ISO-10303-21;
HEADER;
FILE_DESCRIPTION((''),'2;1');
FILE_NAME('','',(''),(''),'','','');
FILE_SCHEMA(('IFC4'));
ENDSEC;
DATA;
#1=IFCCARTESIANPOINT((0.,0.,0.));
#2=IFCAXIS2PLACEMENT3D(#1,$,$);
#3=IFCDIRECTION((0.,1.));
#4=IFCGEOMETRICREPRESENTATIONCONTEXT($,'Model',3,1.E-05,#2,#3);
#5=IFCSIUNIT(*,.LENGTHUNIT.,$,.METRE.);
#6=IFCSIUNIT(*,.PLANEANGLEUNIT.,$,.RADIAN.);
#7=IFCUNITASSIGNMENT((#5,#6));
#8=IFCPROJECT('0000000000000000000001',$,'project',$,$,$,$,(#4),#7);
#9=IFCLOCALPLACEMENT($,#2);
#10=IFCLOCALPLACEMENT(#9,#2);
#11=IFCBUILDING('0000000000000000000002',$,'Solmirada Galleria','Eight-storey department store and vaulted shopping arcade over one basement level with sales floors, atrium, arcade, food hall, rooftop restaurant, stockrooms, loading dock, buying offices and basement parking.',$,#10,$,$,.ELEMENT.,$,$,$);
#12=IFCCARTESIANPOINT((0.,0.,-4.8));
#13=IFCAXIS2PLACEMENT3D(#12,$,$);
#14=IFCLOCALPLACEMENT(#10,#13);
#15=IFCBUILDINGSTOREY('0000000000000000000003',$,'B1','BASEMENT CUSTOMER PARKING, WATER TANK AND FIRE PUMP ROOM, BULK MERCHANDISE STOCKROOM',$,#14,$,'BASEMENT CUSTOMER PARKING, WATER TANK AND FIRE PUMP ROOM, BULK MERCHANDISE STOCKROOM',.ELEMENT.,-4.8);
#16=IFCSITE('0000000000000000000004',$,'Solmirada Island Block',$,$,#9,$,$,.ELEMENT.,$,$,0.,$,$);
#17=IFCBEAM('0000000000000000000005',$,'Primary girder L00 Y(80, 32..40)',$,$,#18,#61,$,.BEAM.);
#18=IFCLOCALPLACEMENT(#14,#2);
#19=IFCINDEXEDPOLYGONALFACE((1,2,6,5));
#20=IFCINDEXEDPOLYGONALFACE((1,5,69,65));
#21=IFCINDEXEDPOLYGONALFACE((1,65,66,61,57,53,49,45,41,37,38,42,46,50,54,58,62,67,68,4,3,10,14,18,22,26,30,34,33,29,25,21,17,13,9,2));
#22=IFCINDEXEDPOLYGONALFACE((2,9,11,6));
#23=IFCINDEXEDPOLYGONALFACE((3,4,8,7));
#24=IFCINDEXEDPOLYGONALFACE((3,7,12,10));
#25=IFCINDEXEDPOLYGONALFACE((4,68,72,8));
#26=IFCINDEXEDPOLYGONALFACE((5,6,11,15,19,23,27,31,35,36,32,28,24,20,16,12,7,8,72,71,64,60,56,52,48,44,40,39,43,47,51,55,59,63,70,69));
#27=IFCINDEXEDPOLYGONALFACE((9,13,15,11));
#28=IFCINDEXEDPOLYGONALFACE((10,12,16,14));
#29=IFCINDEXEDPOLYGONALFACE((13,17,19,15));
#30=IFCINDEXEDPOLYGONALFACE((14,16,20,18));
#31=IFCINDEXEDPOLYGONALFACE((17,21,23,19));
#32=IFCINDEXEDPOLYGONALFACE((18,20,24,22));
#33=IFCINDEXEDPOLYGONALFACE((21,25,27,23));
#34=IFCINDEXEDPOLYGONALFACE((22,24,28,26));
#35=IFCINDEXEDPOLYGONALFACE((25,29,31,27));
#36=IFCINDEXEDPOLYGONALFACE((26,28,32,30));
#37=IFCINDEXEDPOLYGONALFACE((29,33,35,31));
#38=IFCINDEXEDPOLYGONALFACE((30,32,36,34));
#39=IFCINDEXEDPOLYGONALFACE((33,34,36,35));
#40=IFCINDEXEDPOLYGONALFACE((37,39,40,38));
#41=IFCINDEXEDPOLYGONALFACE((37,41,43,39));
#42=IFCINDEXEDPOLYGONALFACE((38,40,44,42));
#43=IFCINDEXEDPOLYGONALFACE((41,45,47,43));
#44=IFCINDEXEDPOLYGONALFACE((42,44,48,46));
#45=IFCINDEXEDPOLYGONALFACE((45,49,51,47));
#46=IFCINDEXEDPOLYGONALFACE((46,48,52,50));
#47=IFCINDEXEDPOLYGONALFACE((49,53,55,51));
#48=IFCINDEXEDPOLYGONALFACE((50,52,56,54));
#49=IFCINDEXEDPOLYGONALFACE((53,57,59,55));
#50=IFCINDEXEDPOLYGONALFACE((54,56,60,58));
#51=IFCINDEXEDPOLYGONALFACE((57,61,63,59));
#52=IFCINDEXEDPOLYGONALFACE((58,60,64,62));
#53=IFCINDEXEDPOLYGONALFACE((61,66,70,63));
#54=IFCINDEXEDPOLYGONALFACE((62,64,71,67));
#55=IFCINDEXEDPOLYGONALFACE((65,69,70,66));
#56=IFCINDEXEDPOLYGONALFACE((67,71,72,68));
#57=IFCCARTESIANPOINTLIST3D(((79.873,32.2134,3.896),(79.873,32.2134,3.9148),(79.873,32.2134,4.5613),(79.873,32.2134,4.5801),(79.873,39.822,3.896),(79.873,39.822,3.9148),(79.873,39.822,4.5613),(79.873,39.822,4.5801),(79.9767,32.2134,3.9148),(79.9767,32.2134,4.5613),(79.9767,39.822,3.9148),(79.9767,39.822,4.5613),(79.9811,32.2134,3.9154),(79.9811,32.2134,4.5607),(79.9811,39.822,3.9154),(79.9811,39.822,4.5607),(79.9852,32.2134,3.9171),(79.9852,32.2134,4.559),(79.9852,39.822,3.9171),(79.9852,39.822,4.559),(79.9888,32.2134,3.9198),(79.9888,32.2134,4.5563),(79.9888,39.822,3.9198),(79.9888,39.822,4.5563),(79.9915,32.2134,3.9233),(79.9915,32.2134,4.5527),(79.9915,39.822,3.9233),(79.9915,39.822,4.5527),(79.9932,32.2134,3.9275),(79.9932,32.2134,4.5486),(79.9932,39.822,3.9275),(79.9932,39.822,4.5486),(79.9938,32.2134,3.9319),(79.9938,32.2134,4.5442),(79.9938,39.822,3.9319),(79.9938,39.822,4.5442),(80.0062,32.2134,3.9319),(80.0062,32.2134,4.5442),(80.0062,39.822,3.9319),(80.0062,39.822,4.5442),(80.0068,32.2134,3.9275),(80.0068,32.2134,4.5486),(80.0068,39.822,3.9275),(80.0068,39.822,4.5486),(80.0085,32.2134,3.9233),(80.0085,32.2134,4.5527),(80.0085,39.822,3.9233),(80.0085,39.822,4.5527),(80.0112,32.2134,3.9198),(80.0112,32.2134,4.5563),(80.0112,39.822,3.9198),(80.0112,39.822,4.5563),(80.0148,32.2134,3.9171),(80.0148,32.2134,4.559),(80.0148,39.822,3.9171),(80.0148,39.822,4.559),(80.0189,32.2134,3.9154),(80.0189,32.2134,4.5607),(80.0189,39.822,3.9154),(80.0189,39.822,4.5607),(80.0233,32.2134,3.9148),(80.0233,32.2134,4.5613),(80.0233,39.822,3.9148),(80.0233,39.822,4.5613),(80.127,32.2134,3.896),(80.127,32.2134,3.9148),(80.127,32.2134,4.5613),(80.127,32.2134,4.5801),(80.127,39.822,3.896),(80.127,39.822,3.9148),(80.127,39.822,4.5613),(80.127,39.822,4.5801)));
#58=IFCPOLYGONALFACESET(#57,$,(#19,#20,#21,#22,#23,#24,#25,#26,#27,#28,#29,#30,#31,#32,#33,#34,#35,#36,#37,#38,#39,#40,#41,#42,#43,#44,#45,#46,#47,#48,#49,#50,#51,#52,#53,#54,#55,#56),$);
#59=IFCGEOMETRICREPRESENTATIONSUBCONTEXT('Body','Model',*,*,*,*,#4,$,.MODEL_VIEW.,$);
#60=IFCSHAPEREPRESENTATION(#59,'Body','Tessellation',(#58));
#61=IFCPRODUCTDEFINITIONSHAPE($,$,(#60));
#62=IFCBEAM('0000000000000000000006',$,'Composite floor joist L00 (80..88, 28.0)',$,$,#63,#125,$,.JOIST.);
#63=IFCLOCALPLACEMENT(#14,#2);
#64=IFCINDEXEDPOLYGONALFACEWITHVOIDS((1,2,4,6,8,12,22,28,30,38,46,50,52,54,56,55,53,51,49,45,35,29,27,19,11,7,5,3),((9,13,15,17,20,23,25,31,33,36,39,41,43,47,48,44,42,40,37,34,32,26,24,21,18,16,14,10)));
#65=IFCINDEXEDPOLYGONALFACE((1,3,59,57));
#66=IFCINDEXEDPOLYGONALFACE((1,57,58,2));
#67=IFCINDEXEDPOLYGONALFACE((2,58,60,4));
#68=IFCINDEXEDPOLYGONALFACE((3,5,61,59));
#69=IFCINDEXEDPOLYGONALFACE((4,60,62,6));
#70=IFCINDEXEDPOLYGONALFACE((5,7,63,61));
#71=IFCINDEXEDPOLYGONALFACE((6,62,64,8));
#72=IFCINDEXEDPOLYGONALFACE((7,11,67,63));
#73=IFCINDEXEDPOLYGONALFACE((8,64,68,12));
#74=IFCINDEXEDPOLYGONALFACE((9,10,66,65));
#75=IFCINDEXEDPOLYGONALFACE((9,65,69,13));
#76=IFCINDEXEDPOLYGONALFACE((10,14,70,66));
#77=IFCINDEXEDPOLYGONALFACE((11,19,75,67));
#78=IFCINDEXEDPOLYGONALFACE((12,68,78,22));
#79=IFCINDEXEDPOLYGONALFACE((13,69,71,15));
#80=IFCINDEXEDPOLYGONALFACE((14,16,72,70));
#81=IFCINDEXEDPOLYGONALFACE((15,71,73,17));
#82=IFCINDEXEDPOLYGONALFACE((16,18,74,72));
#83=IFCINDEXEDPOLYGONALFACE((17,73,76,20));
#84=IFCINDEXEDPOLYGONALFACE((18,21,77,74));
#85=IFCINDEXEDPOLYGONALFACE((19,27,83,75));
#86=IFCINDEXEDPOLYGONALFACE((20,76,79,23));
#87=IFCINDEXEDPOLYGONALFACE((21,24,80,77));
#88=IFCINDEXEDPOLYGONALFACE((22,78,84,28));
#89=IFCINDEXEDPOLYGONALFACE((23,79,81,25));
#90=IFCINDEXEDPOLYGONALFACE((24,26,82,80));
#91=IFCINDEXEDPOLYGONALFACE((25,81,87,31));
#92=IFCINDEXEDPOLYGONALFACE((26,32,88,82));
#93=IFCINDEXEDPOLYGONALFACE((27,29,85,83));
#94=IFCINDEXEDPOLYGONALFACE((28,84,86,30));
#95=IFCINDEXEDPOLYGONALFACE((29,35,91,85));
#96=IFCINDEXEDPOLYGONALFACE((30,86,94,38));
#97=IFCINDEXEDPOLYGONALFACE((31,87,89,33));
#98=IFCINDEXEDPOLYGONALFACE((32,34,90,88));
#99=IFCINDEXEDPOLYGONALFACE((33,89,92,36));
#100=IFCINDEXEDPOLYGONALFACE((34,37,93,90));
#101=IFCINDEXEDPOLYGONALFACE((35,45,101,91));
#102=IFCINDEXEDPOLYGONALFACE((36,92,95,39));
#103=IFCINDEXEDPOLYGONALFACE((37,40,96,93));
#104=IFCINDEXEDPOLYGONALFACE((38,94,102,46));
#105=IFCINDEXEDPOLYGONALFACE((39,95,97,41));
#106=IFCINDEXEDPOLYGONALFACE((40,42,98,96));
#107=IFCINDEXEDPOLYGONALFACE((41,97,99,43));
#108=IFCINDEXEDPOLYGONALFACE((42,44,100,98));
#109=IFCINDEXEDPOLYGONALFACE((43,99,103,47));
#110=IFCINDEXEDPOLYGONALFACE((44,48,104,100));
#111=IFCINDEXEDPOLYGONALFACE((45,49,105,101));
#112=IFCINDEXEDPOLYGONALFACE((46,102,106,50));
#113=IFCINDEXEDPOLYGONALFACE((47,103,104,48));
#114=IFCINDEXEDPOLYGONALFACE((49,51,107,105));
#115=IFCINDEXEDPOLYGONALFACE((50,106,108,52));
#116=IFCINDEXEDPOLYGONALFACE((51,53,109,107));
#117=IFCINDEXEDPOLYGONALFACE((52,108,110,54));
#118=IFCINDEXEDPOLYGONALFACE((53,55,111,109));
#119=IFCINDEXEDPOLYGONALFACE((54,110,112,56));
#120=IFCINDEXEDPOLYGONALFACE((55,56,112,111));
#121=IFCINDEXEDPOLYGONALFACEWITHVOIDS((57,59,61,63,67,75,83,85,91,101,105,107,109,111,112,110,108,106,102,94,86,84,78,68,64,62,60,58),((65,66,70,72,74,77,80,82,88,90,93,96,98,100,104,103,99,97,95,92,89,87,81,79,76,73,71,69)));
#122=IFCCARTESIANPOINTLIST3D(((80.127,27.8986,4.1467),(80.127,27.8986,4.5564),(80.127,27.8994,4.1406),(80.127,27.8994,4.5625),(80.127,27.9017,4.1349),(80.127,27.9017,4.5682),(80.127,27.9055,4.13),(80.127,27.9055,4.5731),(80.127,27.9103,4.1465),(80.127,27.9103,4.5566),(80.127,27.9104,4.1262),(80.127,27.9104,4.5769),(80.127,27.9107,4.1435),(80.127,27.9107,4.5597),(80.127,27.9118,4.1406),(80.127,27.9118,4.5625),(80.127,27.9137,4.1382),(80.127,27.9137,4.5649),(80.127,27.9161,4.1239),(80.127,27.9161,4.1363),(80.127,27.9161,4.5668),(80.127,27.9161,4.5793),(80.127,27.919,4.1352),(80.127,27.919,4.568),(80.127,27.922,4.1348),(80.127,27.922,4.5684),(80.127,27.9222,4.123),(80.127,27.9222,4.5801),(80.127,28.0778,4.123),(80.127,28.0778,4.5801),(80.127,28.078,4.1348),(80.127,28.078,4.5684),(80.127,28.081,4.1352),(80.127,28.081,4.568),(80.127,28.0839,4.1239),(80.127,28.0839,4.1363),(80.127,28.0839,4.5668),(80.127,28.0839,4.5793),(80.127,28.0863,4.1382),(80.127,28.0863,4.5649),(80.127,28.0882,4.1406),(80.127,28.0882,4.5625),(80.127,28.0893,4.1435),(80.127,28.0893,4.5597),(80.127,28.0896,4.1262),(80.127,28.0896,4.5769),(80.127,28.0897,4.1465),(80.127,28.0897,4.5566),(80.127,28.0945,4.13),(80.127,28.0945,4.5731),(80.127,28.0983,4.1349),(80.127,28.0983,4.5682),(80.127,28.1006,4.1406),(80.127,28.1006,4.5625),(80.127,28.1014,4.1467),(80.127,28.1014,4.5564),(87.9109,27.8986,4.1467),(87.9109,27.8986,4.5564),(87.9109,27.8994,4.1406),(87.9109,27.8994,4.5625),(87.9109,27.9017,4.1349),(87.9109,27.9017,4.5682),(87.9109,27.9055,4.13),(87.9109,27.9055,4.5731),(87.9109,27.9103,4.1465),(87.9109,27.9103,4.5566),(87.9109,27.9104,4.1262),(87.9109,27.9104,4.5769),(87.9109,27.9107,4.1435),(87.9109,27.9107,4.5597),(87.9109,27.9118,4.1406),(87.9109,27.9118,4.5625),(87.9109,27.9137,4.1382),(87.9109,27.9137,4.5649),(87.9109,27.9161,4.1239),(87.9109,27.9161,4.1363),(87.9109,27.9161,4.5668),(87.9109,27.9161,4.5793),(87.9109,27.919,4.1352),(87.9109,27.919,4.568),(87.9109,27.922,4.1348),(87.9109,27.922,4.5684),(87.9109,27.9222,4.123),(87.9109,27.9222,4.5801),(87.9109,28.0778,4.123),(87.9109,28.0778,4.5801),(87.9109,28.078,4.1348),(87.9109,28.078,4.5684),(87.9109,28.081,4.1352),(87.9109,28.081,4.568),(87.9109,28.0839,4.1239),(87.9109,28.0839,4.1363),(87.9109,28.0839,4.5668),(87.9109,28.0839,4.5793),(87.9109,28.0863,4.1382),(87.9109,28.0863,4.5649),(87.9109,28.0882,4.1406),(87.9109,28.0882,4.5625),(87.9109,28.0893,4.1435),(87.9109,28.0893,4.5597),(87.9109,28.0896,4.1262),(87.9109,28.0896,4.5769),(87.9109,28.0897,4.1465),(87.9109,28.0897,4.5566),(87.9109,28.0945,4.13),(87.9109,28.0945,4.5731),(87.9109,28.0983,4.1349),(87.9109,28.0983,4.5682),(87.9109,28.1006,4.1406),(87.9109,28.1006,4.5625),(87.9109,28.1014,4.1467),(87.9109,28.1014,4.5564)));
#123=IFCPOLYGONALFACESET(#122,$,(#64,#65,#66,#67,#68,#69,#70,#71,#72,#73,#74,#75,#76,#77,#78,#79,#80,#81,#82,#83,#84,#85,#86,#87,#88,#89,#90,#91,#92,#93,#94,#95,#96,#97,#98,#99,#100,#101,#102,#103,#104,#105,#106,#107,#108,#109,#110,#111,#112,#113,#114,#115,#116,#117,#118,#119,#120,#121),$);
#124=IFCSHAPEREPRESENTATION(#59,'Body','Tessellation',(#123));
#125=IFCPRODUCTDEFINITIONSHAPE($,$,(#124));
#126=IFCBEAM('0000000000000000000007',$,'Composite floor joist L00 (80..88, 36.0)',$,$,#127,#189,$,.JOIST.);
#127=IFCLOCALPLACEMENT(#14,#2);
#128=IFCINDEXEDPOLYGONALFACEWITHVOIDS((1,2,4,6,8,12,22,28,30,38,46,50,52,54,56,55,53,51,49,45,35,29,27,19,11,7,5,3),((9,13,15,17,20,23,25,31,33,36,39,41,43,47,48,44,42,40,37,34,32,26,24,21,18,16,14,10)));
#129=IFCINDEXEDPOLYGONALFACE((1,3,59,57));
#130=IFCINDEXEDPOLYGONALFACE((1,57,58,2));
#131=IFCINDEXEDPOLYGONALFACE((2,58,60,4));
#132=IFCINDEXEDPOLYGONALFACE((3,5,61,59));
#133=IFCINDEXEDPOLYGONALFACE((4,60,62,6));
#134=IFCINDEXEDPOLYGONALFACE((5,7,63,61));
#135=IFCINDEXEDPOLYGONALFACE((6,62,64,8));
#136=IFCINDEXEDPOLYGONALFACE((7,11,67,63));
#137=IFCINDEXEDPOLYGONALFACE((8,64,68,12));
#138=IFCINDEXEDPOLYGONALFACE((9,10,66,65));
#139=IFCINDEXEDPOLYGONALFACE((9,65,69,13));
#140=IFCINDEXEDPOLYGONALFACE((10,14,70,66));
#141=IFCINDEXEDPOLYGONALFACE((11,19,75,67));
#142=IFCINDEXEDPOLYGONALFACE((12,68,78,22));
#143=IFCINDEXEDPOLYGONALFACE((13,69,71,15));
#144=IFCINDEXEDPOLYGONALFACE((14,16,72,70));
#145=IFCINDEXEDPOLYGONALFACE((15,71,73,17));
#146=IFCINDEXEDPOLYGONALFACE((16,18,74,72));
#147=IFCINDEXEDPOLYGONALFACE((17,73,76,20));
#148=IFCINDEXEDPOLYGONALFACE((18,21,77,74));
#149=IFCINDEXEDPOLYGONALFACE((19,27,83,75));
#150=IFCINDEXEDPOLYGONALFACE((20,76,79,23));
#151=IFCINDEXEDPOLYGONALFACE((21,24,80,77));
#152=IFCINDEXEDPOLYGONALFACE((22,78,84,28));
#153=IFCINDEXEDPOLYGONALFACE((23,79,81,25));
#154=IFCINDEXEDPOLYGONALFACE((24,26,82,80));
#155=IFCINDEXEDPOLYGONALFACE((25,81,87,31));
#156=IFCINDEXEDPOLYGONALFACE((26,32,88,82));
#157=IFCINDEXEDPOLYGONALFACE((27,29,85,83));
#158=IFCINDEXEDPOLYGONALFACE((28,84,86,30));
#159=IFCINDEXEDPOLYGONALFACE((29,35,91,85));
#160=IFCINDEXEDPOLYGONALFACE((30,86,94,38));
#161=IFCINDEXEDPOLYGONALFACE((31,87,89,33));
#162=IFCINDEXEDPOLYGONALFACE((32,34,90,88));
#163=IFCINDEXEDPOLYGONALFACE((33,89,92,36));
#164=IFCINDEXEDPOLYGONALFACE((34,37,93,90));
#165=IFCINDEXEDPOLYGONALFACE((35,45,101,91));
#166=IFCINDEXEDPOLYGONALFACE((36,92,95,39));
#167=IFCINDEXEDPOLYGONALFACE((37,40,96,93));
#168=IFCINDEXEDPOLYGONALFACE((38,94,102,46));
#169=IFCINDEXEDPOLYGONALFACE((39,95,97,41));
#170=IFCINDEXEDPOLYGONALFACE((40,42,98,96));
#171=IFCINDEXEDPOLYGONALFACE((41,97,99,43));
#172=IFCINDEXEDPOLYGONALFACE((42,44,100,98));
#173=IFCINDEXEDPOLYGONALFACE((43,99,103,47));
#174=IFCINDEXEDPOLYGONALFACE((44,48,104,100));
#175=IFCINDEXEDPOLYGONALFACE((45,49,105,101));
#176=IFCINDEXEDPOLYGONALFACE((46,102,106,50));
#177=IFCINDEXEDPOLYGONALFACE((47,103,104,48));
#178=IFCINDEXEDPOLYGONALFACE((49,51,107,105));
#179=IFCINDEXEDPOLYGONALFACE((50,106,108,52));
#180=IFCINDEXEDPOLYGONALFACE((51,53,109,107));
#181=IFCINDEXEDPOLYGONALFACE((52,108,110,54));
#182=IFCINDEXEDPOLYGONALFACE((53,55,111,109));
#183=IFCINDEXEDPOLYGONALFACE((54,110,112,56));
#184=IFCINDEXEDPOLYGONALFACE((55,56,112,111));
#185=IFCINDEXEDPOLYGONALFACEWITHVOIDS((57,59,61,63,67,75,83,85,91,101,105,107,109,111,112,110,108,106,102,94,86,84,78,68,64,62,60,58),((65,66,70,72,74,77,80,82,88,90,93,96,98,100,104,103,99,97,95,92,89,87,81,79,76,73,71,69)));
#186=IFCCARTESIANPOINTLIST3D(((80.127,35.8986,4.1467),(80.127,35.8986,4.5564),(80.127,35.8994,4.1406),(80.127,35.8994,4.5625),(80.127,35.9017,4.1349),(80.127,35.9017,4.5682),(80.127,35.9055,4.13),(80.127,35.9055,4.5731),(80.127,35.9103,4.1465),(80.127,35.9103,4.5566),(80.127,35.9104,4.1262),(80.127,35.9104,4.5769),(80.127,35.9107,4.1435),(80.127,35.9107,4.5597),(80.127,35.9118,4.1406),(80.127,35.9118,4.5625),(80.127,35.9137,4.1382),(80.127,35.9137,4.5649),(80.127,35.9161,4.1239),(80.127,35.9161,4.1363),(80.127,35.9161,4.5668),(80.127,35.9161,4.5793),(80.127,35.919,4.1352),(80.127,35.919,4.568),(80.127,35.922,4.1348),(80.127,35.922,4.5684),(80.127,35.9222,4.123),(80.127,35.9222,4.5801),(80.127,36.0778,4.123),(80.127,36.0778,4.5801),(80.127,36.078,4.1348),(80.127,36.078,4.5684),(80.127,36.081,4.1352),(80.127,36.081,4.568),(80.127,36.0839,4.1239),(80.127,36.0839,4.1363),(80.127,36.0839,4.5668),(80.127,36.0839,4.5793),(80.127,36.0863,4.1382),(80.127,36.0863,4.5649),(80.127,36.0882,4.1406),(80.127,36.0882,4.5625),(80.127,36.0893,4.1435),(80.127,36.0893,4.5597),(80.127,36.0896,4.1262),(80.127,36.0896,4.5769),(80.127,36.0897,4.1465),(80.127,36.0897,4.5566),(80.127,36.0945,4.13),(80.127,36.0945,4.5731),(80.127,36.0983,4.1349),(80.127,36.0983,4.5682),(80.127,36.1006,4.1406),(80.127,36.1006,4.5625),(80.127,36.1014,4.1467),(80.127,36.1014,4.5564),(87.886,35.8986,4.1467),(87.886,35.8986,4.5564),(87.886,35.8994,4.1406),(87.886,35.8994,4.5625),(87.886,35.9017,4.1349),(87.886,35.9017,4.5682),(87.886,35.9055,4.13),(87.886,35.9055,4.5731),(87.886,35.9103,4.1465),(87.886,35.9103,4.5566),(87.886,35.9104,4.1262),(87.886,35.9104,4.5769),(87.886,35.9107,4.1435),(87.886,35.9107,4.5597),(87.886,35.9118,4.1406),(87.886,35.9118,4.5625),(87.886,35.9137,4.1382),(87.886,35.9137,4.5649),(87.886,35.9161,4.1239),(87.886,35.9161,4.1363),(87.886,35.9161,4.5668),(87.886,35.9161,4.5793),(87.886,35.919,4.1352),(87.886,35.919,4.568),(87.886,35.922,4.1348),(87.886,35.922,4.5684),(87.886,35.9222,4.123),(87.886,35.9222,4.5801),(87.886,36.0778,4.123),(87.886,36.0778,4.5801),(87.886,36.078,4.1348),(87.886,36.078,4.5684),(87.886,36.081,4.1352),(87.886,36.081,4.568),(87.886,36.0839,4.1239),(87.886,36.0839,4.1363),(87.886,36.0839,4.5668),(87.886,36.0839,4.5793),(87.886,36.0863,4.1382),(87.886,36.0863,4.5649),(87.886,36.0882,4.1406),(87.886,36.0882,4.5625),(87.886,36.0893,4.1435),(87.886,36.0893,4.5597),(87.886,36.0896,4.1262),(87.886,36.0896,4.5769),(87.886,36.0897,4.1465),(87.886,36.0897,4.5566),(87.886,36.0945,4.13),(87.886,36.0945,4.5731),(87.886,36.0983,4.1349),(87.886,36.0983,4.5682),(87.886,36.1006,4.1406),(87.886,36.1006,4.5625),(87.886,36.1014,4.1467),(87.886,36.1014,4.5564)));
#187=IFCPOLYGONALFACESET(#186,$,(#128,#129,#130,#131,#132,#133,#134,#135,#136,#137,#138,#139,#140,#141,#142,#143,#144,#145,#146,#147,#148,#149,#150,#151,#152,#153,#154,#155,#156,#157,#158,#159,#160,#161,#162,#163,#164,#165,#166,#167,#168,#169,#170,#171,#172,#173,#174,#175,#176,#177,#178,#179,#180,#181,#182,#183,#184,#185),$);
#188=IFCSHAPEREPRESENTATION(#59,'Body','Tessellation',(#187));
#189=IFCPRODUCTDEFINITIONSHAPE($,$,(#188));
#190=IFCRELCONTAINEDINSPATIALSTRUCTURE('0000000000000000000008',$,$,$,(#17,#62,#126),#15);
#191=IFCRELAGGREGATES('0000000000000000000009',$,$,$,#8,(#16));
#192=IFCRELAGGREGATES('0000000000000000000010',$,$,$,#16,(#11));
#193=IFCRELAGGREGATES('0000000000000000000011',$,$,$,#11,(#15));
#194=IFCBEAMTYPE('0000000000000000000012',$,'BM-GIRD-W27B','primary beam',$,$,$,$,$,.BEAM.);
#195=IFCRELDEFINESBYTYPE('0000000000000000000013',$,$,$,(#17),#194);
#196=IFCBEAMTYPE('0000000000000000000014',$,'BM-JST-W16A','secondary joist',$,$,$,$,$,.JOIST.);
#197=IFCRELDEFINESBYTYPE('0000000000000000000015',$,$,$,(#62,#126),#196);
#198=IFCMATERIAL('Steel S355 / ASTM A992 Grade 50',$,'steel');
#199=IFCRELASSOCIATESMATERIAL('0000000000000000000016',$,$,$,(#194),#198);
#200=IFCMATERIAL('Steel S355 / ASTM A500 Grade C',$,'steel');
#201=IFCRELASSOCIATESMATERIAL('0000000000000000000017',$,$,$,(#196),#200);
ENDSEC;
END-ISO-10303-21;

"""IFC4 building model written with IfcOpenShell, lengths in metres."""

from ifc_helpers import new_model, si_unit, direction, frame, origin, origin_2d, place, context, subcontext, project, spatial, hollow_rectangle, i_section, extrude, material, material_profile, profile_set, type_object, element, save


model = new_model("IFC4")

# Units and contexts
model_context = context("Model", 3, precision=1e-05, world=origin(), true_north=direction((0.0, 1.0)))
body_context = subcontext(model_context, "Body", "Model", "MODEL_VIEW")
ifc_project = project(units=[si_unit("LENGTHUNIT", "METRE"), si_unit("PLANEANGLEUNIT", "RADIAN")], contexts=[model_context])

# Site, building, storey
site_placement = place(None, origin())
site = spatial("IfcSite", under=ifc_project, at=site_placement, Name="Solmirada Island Block", CompositionType="ELEMENT", RefElevation=0.0)
building_placement = place(site_placement, origin())
building = spatial("IfcBuilding", under=site, at=building_placement, Name="Solmirada Galleria", Description="Eight-storey department store and vaulted shopping arcade over one basement level with sales floors, atrium, arcade, food hall, rooftop restaurant, stockrooms, loading dock, buying offices and basement parking.", CompositionType="ELEMENT")
storey_placement = place(building_placement, frame((0.0, 0.0, -4.8)))
storey = spatial("IfcBuildingStorey", under=building, at=storey_placement, Name="B1", Description="BASEMENT CUSTOMER PARKING, WATER TANK AND FIRE PUMP ROOM, BULK MERCHANDISE STOCKROOM", LongName="BASEMENT CUSTOMER PARKING, WATER TANK AND FIRE PUMP ROOM, BULK MERCHANDISE STOCKROOM", CompositionType="ELEMENT", Elevation=-4.8)

# Shared definitions
ifc_material_1 = material(Name="Steel S355 / ASTM A500 Grade C", Category="steel")

# Beams
ifc_material_2 = material(Name="Steel S355 / ASTM A992 Grade 50", Category="steel")
ifc_material_profile_1 = material_profile(ifc_material_2, i_section(OverallWidth=0.2539, OverallDepth=0.6841, WebThickness=0.0125, FlangeThickness=0.0188, FilletRadius=0.0171, at=origin_2d()), Name="W27X94")
ifc_profile_set_1 = profile_set([ifc_material_profile_1], Name="Steel S355 / ASTM A992 Grade 50")
beam_type_1 = type_object("IfcBeamType", Name="BM-GIRD-W27B", Description="primary beam", PredefinedType="BEAM", material=ifc_profile_set_1)
beam_1_placement = place(storey_placement, frame((80.0, 32.2134, 4.238), z_axis=(0.0, 1.0, 0.0), x_axis=(-1.0, 0.0, 0.0)))
element("IfcBeam", 1, at=beam_1_placement, inside=storey, type_object=beam_type_1, Name="Primary girder L00 Y(80, 32..40)", PredefinedType="BEAM", context=body_context, shape_type="SweptSolid", body=[
    extrude(i_section(OverallWidth=0.2539, OverallDepth=0.6841, WebThickness=0.0125, FlangeThickness=0.0188, FilletRadius=0.0171, at=origin_2d()), origin(), (0.0, 0.0, 1.0), 7.6086),
])
ifc_material_profile_2 = material_profile(ifc_material_1, hollow_rectangle(XDim=0.2029, YDim=0.457, WallThickness=0.0117, InnerFilletRadius=0.0117, OuterFilletRadius=0.0237, at=origin_2d()), Name="HSS18X8X1/2")
ifc_profile_set_2 = profile_set([ifc_material_profile_2], Name="Steel S355 / ASTM A500 Grade C")
beam_type_2 = type_object("IfcBeamType", Name="BM-JST-W16A", Description="secondary joist", PredefinedType="JOIST", material=ifc_profile_set_2)
beam_2_placement = place(storey_placement, frame((80.127, 28.0, 4.3516), z_axis=(1.0, 0.0, 0.0), x_axis=(0.0, 1.0, 0.0)))
element("IfcBeam", 2, at=beam_2_placement, inside=storey, type_object=beam_type_2, Name="Composite floor joist L00 (80..88, 28.0)", PredefinedType="JOIST", context=body_context, shape_type="SweptSolid", body=[
    extrude(hollow_rectangle(XDim=0.2029, YDim=0.457, WallThickness=0.0117, InnerFilletRadius=0.0117, OuterFilletRadius=0.0237, at=origin_2d()), origin(), (0.0, 0.0, 1.0), 7.7839),
])
beam_3_placement = place(storey_placement, frame((80.127, 36.0, 4.3516), z_axis=(1.0, 0.0, 0.0), x_axis=(0.0, 1.0, 0.0)))
element("IfcBeam", 3, at=beam_3_placement, inside=storey, type_object=beam_type_2, Name="Composite floor joist L00 (80..88, 36.0)", PredefinedType="JOIST", context=body_context, shape_type="SweptSolid", body=[
    extrude(hollow_rectangle(XDim=0.2029, YDim=0.457, WallThickness=0.0117, InnerFilletRadius=0.0117, OuterFilletRadius=0.0237, at=origin_2d()), origin(), (0.0, 0.0, 1.0), 7.759),
])

save(model, "model.ifc")
